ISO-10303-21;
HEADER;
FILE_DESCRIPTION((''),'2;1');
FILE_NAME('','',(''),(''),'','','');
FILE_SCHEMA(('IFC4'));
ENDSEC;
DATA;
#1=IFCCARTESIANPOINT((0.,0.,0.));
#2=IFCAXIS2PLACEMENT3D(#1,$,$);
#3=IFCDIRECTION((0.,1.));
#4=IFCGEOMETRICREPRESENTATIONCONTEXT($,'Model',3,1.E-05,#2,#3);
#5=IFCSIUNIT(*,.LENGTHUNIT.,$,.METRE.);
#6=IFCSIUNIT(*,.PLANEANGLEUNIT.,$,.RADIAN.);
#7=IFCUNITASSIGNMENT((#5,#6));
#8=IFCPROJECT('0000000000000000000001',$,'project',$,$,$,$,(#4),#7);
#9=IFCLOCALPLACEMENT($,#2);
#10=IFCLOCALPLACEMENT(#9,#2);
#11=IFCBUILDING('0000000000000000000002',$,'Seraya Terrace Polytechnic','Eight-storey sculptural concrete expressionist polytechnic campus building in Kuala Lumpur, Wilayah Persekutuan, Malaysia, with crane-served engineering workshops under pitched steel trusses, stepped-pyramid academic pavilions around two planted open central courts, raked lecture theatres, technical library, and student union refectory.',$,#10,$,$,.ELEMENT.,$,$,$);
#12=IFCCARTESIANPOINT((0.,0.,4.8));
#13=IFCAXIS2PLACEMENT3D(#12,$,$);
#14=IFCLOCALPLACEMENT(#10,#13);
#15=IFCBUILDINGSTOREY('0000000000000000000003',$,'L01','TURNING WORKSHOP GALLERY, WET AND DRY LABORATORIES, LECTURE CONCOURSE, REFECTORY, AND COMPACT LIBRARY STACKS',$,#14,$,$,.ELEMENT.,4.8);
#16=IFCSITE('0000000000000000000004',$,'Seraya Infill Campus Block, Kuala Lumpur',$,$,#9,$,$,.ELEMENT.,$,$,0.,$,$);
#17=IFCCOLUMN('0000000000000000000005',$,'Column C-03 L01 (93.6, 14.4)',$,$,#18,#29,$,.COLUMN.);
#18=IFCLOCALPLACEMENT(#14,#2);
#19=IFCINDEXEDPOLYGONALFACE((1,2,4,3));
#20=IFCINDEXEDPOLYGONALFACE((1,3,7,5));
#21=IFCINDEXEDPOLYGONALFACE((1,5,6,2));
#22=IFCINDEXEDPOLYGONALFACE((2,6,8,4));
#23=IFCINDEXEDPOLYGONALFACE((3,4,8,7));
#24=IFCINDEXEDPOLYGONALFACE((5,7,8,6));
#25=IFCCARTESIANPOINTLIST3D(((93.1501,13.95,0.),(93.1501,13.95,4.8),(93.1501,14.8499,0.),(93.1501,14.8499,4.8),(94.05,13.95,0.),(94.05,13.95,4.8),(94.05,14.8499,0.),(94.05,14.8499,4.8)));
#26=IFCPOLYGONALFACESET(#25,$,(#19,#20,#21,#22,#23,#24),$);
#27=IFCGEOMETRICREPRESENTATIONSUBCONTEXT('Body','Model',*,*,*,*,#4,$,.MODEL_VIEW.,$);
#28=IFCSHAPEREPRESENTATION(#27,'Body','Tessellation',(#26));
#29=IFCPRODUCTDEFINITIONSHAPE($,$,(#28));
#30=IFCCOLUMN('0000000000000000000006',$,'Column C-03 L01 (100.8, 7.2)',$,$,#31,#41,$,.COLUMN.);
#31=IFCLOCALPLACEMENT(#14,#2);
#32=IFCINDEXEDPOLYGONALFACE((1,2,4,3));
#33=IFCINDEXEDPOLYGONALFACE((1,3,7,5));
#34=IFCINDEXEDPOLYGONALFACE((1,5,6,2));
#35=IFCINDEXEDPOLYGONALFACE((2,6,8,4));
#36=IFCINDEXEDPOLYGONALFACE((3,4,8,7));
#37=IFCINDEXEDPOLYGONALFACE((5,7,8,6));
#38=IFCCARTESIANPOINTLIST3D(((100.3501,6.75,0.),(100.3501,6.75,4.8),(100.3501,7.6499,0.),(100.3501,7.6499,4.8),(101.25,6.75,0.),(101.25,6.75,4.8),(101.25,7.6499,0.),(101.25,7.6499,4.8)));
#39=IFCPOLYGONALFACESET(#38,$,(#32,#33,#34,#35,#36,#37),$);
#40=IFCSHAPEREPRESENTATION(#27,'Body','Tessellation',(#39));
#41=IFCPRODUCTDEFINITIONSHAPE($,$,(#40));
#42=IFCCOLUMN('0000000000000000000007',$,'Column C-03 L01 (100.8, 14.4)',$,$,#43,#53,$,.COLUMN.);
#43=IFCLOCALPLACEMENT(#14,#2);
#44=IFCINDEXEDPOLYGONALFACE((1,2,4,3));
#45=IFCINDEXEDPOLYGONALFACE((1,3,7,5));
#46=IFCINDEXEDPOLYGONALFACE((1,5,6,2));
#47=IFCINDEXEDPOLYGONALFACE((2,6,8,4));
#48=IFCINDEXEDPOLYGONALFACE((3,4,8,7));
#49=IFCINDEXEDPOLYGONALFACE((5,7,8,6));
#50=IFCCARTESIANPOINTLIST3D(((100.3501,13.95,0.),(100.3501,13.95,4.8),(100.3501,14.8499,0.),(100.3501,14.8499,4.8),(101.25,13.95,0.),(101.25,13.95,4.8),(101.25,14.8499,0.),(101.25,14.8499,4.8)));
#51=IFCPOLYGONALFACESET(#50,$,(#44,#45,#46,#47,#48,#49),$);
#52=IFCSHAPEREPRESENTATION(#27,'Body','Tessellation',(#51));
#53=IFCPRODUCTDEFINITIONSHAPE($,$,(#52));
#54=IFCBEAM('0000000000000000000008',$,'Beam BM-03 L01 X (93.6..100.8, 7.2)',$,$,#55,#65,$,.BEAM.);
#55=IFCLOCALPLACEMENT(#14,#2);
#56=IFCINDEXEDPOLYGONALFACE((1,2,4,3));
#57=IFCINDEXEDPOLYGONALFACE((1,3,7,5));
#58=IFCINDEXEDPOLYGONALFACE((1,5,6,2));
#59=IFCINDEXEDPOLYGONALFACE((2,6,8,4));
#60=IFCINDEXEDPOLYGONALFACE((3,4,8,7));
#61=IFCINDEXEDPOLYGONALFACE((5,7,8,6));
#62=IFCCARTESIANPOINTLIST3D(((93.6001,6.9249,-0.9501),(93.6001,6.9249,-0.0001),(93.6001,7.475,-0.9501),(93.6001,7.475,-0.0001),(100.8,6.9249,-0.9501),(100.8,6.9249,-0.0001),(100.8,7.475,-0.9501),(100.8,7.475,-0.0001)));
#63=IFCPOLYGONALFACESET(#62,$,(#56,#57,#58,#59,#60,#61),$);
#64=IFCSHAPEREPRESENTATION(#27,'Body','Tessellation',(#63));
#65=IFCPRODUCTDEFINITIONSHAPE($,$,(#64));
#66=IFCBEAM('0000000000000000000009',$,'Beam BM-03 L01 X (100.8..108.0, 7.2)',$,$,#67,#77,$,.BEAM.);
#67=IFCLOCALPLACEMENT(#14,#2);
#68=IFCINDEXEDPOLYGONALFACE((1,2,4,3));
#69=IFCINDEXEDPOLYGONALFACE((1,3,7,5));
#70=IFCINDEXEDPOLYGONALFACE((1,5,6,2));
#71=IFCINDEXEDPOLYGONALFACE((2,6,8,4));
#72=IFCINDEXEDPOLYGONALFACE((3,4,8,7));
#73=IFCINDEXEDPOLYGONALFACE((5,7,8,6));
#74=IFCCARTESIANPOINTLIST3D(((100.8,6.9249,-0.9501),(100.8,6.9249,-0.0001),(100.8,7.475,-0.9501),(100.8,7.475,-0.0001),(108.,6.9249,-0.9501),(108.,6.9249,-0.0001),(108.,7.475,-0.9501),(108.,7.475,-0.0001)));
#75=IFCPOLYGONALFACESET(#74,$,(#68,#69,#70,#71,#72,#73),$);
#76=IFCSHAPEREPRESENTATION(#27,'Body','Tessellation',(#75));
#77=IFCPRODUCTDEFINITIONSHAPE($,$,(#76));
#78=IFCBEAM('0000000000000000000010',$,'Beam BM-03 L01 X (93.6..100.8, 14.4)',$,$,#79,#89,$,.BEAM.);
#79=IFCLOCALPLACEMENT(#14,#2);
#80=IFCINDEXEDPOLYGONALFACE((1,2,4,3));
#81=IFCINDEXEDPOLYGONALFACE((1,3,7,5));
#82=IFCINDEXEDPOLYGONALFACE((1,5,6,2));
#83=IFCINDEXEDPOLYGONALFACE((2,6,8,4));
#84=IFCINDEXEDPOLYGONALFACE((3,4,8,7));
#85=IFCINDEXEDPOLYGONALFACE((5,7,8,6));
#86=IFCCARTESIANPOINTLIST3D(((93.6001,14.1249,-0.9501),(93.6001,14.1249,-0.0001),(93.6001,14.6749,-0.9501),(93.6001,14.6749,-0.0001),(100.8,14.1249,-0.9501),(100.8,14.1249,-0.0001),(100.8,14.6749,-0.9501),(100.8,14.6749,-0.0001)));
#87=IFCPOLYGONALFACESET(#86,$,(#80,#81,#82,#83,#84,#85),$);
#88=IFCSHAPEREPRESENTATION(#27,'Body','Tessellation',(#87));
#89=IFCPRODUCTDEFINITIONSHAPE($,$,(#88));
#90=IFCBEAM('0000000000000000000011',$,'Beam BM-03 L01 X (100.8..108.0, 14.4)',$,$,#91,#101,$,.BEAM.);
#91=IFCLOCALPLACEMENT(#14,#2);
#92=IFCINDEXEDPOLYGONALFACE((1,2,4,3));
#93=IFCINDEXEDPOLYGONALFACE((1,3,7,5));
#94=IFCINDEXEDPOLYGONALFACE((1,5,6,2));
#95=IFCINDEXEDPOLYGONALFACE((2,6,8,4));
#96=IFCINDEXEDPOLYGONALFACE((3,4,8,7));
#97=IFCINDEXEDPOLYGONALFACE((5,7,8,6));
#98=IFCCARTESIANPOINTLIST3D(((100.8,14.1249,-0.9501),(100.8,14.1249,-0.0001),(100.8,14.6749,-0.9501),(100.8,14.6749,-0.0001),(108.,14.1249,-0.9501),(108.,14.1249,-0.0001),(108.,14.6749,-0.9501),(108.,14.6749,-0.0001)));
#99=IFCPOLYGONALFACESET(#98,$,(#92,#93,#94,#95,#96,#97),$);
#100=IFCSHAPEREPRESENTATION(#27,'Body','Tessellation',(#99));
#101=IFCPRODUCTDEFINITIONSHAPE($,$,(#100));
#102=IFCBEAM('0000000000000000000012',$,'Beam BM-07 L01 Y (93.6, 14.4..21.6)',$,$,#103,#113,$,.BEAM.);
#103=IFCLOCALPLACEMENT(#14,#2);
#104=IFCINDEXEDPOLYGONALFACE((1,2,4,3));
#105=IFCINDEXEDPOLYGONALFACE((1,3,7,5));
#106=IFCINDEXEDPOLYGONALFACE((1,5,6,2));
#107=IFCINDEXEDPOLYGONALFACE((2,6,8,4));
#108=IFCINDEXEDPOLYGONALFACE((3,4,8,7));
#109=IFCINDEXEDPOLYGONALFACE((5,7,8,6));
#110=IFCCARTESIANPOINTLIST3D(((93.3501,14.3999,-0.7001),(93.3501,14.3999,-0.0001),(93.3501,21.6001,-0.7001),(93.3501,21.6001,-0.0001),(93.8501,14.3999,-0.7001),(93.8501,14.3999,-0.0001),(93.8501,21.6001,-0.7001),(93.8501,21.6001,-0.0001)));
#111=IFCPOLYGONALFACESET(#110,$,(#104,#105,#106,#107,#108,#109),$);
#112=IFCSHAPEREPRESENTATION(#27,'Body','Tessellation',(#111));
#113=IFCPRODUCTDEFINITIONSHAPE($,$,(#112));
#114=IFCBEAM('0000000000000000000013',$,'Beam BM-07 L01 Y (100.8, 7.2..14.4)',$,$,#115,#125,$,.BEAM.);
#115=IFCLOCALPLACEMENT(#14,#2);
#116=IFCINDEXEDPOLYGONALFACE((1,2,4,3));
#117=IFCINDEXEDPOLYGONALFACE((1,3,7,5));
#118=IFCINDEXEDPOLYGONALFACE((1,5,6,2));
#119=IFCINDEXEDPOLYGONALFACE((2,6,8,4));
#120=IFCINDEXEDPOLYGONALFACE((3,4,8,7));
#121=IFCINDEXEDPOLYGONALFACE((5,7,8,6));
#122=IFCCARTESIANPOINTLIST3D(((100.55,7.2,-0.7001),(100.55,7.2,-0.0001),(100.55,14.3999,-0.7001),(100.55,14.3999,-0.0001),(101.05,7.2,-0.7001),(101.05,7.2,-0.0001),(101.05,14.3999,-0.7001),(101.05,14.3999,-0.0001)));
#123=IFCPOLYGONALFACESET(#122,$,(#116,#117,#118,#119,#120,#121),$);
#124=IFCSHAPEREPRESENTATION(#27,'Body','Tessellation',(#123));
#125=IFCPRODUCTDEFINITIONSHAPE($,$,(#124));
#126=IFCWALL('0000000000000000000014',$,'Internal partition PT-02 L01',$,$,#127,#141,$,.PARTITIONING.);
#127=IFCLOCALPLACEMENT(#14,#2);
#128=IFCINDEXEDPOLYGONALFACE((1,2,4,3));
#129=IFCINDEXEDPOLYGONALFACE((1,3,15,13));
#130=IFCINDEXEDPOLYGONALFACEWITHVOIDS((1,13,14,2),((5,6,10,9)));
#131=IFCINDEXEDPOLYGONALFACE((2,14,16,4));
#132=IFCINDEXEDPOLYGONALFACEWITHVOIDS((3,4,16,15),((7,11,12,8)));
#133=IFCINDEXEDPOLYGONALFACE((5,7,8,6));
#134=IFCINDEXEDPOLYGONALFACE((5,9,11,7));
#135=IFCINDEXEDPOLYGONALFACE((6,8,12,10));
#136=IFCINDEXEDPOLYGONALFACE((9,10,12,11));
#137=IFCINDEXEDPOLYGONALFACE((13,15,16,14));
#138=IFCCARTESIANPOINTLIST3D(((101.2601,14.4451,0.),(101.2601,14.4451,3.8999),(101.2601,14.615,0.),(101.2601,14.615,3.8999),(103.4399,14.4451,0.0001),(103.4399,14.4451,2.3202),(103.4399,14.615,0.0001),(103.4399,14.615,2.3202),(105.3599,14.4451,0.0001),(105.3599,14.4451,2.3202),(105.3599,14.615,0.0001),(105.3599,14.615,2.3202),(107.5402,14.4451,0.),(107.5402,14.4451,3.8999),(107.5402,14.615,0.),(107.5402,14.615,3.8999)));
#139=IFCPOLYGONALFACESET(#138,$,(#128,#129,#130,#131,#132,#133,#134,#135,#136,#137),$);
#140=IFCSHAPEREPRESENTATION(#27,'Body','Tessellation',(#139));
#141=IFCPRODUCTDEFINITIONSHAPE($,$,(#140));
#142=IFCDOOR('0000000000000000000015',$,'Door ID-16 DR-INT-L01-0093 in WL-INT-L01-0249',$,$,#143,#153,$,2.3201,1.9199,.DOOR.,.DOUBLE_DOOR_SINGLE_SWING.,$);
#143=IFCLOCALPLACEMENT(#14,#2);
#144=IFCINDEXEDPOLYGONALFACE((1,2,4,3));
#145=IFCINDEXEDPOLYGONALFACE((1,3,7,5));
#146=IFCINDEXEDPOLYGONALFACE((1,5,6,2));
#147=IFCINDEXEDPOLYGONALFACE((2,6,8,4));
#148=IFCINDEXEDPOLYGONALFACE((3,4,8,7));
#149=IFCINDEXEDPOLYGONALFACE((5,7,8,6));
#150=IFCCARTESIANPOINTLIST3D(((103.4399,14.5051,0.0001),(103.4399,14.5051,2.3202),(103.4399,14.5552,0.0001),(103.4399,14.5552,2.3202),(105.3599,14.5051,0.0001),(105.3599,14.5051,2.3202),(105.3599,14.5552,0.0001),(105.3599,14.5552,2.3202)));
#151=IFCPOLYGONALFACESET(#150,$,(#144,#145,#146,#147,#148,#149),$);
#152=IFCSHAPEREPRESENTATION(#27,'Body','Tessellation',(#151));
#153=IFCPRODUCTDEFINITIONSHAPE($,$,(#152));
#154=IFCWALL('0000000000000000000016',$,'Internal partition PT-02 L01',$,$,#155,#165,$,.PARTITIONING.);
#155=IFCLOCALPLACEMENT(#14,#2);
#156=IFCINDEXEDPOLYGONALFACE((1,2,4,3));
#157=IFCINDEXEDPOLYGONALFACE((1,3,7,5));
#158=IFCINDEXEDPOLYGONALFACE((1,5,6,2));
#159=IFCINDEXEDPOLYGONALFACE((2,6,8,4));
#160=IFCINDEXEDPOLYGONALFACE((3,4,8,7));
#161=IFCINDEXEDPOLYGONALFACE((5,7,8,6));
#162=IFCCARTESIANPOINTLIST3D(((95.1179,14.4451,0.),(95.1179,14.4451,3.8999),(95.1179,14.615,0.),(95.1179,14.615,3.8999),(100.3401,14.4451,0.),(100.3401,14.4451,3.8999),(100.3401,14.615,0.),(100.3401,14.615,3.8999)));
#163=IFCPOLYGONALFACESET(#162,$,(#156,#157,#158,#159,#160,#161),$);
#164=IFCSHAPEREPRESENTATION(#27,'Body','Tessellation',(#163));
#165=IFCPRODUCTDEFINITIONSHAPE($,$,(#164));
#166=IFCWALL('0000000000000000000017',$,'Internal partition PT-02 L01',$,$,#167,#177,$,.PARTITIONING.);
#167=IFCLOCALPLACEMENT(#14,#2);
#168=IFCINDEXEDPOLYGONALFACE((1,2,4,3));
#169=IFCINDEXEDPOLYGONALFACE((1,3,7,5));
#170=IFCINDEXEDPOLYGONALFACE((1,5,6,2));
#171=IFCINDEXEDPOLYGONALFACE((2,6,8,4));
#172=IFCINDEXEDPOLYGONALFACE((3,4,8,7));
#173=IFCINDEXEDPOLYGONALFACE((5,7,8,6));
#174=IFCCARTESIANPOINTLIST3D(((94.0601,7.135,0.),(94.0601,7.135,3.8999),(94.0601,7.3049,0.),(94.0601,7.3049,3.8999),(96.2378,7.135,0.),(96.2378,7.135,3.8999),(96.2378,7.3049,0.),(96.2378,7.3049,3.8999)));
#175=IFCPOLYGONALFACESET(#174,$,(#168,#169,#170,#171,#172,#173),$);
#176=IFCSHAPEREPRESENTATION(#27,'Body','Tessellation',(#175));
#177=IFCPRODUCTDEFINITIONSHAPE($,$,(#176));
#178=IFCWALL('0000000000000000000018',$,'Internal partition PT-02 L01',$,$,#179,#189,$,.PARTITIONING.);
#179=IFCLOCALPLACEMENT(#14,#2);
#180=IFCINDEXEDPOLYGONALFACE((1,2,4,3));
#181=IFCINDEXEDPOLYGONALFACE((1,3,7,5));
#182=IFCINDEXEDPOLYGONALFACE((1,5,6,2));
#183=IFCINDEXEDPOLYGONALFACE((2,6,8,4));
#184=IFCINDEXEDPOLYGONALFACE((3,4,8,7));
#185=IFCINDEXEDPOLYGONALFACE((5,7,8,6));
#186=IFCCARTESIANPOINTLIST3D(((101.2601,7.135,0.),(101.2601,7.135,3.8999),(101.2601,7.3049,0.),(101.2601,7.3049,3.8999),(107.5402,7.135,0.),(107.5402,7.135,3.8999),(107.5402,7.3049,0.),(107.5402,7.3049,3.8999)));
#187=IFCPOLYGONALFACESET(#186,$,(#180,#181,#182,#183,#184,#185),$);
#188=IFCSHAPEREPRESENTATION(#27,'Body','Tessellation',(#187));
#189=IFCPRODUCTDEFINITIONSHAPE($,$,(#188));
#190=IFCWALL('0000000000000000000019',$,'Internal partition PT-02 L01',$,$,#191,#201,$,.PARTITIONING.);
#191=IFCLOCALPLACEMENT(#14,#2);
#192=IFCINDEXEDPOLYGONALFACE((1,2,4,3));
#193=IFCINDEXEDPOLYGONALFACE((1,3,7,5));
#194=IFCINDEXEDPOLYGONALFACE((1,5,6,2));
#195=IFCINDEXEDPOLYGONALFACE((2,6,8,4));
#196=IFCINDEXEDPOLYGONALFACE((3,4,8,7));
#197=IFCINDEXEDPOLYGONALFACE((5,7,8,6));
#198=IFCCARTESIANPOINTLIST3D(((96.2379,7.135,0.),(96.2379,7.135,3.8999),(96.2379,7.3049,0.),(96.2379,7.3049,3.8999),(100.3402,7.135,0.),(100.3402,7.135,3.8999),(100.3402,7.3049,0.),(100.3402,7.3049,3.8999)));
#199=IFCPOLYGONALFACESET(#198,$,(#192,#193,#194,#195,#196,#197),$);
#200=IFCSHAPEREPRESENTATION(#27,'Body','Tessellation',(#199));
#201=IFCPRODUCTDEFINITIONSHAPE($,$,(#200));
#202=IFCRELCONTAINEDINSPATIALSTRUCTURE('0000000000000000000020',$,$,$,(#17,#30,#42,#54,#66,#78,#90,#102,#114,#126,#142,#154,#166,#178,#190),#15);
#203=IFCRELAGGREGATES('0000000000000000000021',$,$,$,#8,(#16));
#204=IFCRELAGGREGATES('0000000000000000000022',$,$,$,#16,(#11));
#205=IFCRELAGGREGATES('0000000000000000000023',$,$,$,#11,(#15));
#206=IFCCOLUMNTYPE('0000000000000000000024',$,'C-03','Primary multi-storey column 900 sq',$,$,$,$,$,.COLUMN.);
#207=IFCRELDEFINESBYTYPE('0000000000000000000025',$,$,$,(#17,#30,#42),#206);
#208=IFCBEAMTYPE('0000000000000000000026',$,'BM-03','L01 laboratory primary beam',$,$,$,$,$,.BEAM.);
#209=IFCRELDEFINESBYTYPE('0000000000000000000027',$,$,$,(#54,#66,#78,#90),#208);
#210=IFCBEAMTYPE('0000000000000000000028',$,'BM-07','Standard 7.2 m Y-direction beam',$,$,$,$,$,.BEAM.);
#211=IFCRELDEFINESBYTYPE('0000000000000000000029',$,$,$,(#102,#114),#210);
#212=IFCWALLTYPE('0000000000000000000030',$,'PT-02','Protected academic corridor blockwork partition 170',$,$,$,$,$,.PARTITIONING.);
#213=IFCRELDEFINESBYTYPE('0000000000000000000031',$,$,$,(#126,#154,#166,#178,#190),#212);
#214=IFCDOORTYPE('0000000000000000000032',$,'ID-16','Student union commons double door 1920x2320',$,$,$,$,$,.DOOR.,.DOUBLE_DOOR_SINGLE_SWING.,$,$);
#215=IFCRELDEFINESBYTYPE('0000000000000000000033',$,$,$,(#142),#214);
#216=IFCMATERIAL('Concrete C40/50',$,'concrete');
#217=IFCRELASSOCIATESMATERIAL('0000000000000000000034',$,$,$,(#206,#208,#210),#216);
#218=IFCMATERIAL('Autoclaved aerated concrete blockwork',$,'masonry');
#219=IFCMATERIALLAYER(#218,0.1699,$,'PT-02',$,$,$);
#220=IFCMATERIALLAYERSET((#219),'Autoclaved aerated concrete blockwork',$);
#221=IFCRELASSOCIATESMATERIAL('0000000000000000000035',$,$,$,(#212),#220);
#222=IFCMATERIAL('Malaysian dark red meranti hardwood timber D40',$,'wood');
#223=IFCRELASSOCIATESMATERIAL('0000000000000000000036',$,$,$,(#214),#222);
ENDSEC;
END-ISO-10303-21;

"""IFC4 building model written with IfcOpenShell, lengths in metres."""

from ifc_helpers import new_model, si_unit, direction, frame, frame_2d, origin, origin_2d, place, context, subcontext, project, spatial, rectangle, extrude, material, layer, layer_set, material_profile, profile_set, type_object, element, fill, save


model = new_model("IFC4")

# Units and contexts
model_context = context("Model", 3, precision=1e-05, world=origin(), true_north=direction((0.0, 1.0)))
body_context = subcontext(model_context, "Body", "Model", "MODEL_VIEW")
ifc_project = project(units=[si_unit("LENGTHUNIT", "METRE"), si_unit("PLANEANGLEUNIT", "RADIAN")], contexts=[model_context])

# Site, building, storey
site_placement = place(None, origin())
site = spatial("IfcSite", under=ifc_project, at=site_placement, Name="Seraya Infill Campus Block, Kuala Lumpur", CompositionType="ELEMENT", RefElevation=0.0)
building_placement = place(site_placement, origin())
building = spatial("IfcBuilding", under=site, at=building_placement, Name="Seraya Terrace Polytechnic", Description="Eight-storey sculptural concrete expressionist polytechnic campus building in Kuala Lumpur, Wilayah Persekutuan, Malaysia, with crane-served engineering workshops under pitched steel trusses, stepped-pyramid academic pavilions around two planted open central courts, raked lecture theatres, technical library, and student union refectory.", CompositionType="ELEMENT")
storey_placement = place(building_placement, frame((0.0, 0.0, 4.8)))
storey = spatial("IfcBuildingStorey", under=building, at=storey_placement, Name="L01", Description="TURNING WORKSHOP GALLERY, WET AND DRY LABORATORIES, LECTURE CONCOURSE, REFECTORY, AND COMPACT LIBRARY STACKS", CompositionType="ELEMENT", Elevation=4.8)

# Columns
ifc_material_1 = material(Name="Concrete C40/50", Category="concrete")
ifc_material_profile_1 = material_profile(ifc_material_1, rectangle(XDim=0.8999, YDim=0.8999, at=origin_2d()), Name="RC 900x900")
ifc_profile_set_1 = profile_set([ifc_material_profile_1], Name="Concrete C40/50")
column_type = type_object("IfcColumnType", Name="C-03", Description="Primary multi-storey column 900 sq", PredefinedType="COLUMN", material=ifc_profile_set_1)
for number, where, z_axis, x_axis, name in (
    (1, (93.6001, 14.3999, 0.0), (0.0, 0.0, 1.0), (1.0, 0.0, 0.0), "Column C-03 L01 (93.6, 14.4)"),
    (2, (100.8, 7.2, 0.0), (0.0, 0.0, 1.0), (1.0, 0.0, 0.0), "Column C-03 L01 (100.8, 7.2)"),
    (3, (100.8, 14.3999, 0.0), (0.0, 0.0, 1.0), (1.0, 0.0, 0.0), "Column C-03 L01 (100.8, 14.4)"),
):
    element("IfcColumn", number, at=place(storey_placement, frame(where, z_axis=z_axis, x_axis=x_axis)), inside=storey, type_object=column_type, Name=name, PredefinedType="COLUMN", context=body_context, shape_type="SweptSolid", body=[
        extrude(rectangle(XDim=0.8999, YDim=0.8999, at=origin_2d()), origin(), (0.0, 0.0, 1.0), 4.8),
    ])

# Beams
ifc_material_profile_2 = material_profile(ifc_material_1, rectangle(XDim=0.55, YDim=0.95, at=origin_2d()), Name="RC 550x950")
ifc_profile_set_2 = profile_set([ifc_material_profile_2], Name="Concrete C40/50")
beam_type_1 = type_object("IfcBeamType", Name="BM-03", Description="L01 laboratory primary beam", PredefinedType="BEAM", material=ifc_profile_set_2)
for number, where, z_axis, x_axis, name in (
    (4, (93.6001, 7.2, -0.4751), (1.0, 0.0, 0.0), (0.0, 1.0, 0.0), "Beam BM-03 L01 X (93.6..100.8, 7.2)"),
    (5, (100.8, 7.2, -0.4751), (1.0, 0.0, 0.0), (0.0, 1.0, 0.0), "Beam BM-03 L01 X (100.8..108.0, 7.2)"),
    (6, (93.6001, 14.3999, -0.4751), (1.0, 0.0, 0.0), (0.0, 1.0, 0.0), "Beam BM-03 L01 X (93.6..100.8, 14.4)"),
    (7, (100.8, 14.3999, -0.4751), (1.0, 0.0, 0.0), (0.0, 1.0, 0.0), "Beam BM-03 L01 X (100.8..108.0, 14.4)"),
):
    element("IfcBeam", number, at=place(storey_placement, frame(where, z_axis=z_axis, x_axis=x_axis)), inside=storey, type_object=beam_type_1, Name=name, PredefinedType="BEAM", context=body_context, shape_type="SweptSolid", body=[
        extrude(rectangle(XDim=0.55, YDim=0.95, at=origin_2d()), origin(), (0.0, 0.0, 1.0), 7.2),
    ])
ifc_material_profile_3 = material_profile(ifc_material_1, rectangle(XDim=0.5, YDim=0.7, at=origin_2d()), Name="RC 500x700")
ifc_profile_set_3 = profile_set([ifc_material_profile_3], Name="Concrete C40/50")
beam_type_2 = type_object("IfcBeamType", Name="BM-07", Description="Standard 7.2 m Y-direction beam", PredefinedType="BEAM", material=ifc_profile_set_3)
beam_1_placement = place(storey_placement, frame((93.6001, 14.3999, -0.3501), z_axis=(0.0, 1.0, 0.0), x_axis=(-1.0, 0.0, 0.0)))
element("IfcBeam", 8, at=beam_1_placement, inside=storey, type_object=beam_type_2, Name="Beam BM-07 L01 Y (93.6, 14.4..21.6)", PredefinedType="BEAM", context=body_context, shape_type="SweptSolid", body=[
    extrude(rectangle(XDim=0.5, YDim=0.7, at=origin_2d()), origin(), (0.0, 0.0, 1.0), 7.2002),
])
beam_2_placement = place(storey_placement, frame((100.8, 7.2, -0.3501), z_axis=(0.0, 1.0, 0.0), x_axis=(-1.0, 0.0, 0.0)))
element("IfcBeam", 9, at=beam_2_placement, inside=storey, type_object=beam_type_2, Name="Beam BM-07 L01 Y (100.8, 7.2..14.4)", PredefinedType="BEAM", context=body_context, shape_type="SweptSolid", body=[
    extrude(rectangle(XDim=0.5, YDim=0.7, at=origin_2d()), origin(), (0.0, 0.0, 1.0), 7.2),
])

# Wall, opening, door
ifc_material_2 = material(Name="Autoclaved aerated concrete blockwork", Category="masonry")
ifc_layer_1 = layer(ifc_material_2, 0.1699, Name="PT-02")
ifc_layer_set_1 = layer_set([ifc_layer_1], Name="Autoclaved aerated concrete blockwork")
wall_type_1 = type_object("IfcWallType", Name="PT-02", Description="Protected academic corridor blockwork partition 170", PredefinedType="PARTITIONING", material=ifc_layer_set_1)
wall_1_placement = place(storey_placement, frame((101.26, 14.53, 0.0), z_axis=(0.0, 0.0, 1.0), x_axis=(1.0, 0.0, 0.0)))
wall_1 = element("IfcWall", 10, at=wall_1_placement, inside=storey, type_object=wall_type_1, Name="Internal partition PT-02 L01", PredefinedType="PARTITIONING", context=body_context, shape_type="SweptSolid", body=[
    extrude(rectangle(XDim=6.28, YDim=0.1699, at=frame_2d((3.1401, 0.0))), origin(), (0.0, 0.0, 1.0), 3.8999),
])
opening_1_placement = place(wall_1_placement, frame((2.1799, 0.0, 0.0)))
opening_1 = element("IfcOpeningElement", 11, at=opening_1_placement, cuts=wall_1, PredefinedType="OPENING", context=body_context, shape_type="SweptSolid", body=[
    extrude(rectangle(XDim=1.9199, YDim=2.3201, at=frame_2d((0.96, 1.1602))), frame((0.0, 0.0969, 0.0), z_axis=(0.0, -1.0, 0.0), x_axis=(1.0, 0.0, 0.0)), (0.0, 0.0, 1.0), 0.1938),
])
ifc_material_3 = material(Name="Malaysian dark red meranti hardwood timber D40", Category="wood")
door_type_1 = type_object("IfcDoorType", Name="ID-16", Description="Student union commons double door 1920x2320", OperationType="DOUBLE_DOOR_SINGLE_SWING", PredefinedType="DOOR", material=ifc_material_3)
door_1_placement = place(opening_1_placement, frame((1.9199, 0.0, 0.0), z_axis=(0.0, 0.0, 1.0), x_axis=(-1.0, 0.0, 0.0)))
door_1 = element("IfcDoor", 12, at=door_1_placement, inside=storey, type_object=door_type_1, Name="Door ID-16 DR-INT-L01-0093 in WL-INT-L01-0249", OperationType="DOUBLE_DOOR_SINGLE_SWING", OverallHeight=2.3201, OverallWidth=1.9199, PredefinedType="DOOR", context=body_context, shape_type="SweptSolid", body=[
    extrude(rectangle(XDim=1.9199, YDim=2.3201, at=frame_2d((0.96, 1.1602))), frame((0.0, 0.0249, 0.0), z_axis=(0.0, -1.0, 0.0), x_axis=(1.0, 0.0, 0.0)), (0.0, 0.0, 1.0), 0.05),
])
fill(opening_1, door_1)

# Walls
wall_2_placement = place(storey_placement, frame((95.1179, 14.53, 0.0), z_axis=(0.0, 0.0, 1.0), x_axis=(1.0, 0.0, 0.0)))
element("IfcWall", 13, at=wall_2_placement, inside=storey, type_object=wall_type_1, Name="Internal partition PT-02 L01", PredefinedType="PARTITIONING", context=body_context, shape_type="SweptSolid", body=[
    extrude(rectangle(XDim=5.2222, YDim=0.1699, at=frame_2d((2.6111, 0.0))), origin(), (0.0, 0.0, 1.0), 3.8999),
])
wall_3_placement = place(storey_placement, frame((94.0601, 7.22, 0.0), z_axis=(0.0, 0.0, 1.0), x_axis=(1.0, 0.0, 0.0)))
element("IfcWall", 14, at=wall_3_placement, inside=storey, type_object=wall_type_1, Name="Internal partition PT-02 L01", PredefinedType="PARTITIONING", context=body_context, shape_type="SweptSolid", body=[
    extrude(rectangle(XDim=2.1777, YDim=0.1699, at=frame_2d((1.0889, 0.0))), origin(), (0.0, 0.0, 1.0), 3.8999),
])
wall_4_placement = place(storey_placement, frame((101.26, 7.22, 0.0), z_axis=(0.0, 0.0, 1.0), x_axis=(1.0, 0.0, 0.0)))
element("IfcWall", 15, at=wall_4_placement, inside=storey, type_object=wall_type_1, Name="Internal partition PT-02 L01", PredefinedType="PARTITIONING", context=body_context, shape_type="SweptSolid", body=[
    extrude(rectangle(XDim=6.28, YDim=0.1699, at=frame_2d((3.1401, 0.0))), origin(), (0.0, 0.0, 1.0), 3.8999),
])
wall_5_placement = place(storey_placement, frame((96.2378, 7.22, 0.0), z_axis=(0.0, 0.0, 1.0), x_axis=(1.0, 0.0, 0.0)))
element("IfcWall", 16, at=wall_5_placement, inside=storey, type_object=wall_type_1, Name="Internal partition PT-02 L01", PredefinedType="PARTITIONING", context=body_context, shape_type="SweptSolid", body=[
    extrude(rectangle(XDim=4.1023, YDim=0.1699, at=frame_2d((2.0513, 0.0))), origin(), (0.0, 0.0, 1.0), 3.8999),
])

save(model, "model.ifc")
